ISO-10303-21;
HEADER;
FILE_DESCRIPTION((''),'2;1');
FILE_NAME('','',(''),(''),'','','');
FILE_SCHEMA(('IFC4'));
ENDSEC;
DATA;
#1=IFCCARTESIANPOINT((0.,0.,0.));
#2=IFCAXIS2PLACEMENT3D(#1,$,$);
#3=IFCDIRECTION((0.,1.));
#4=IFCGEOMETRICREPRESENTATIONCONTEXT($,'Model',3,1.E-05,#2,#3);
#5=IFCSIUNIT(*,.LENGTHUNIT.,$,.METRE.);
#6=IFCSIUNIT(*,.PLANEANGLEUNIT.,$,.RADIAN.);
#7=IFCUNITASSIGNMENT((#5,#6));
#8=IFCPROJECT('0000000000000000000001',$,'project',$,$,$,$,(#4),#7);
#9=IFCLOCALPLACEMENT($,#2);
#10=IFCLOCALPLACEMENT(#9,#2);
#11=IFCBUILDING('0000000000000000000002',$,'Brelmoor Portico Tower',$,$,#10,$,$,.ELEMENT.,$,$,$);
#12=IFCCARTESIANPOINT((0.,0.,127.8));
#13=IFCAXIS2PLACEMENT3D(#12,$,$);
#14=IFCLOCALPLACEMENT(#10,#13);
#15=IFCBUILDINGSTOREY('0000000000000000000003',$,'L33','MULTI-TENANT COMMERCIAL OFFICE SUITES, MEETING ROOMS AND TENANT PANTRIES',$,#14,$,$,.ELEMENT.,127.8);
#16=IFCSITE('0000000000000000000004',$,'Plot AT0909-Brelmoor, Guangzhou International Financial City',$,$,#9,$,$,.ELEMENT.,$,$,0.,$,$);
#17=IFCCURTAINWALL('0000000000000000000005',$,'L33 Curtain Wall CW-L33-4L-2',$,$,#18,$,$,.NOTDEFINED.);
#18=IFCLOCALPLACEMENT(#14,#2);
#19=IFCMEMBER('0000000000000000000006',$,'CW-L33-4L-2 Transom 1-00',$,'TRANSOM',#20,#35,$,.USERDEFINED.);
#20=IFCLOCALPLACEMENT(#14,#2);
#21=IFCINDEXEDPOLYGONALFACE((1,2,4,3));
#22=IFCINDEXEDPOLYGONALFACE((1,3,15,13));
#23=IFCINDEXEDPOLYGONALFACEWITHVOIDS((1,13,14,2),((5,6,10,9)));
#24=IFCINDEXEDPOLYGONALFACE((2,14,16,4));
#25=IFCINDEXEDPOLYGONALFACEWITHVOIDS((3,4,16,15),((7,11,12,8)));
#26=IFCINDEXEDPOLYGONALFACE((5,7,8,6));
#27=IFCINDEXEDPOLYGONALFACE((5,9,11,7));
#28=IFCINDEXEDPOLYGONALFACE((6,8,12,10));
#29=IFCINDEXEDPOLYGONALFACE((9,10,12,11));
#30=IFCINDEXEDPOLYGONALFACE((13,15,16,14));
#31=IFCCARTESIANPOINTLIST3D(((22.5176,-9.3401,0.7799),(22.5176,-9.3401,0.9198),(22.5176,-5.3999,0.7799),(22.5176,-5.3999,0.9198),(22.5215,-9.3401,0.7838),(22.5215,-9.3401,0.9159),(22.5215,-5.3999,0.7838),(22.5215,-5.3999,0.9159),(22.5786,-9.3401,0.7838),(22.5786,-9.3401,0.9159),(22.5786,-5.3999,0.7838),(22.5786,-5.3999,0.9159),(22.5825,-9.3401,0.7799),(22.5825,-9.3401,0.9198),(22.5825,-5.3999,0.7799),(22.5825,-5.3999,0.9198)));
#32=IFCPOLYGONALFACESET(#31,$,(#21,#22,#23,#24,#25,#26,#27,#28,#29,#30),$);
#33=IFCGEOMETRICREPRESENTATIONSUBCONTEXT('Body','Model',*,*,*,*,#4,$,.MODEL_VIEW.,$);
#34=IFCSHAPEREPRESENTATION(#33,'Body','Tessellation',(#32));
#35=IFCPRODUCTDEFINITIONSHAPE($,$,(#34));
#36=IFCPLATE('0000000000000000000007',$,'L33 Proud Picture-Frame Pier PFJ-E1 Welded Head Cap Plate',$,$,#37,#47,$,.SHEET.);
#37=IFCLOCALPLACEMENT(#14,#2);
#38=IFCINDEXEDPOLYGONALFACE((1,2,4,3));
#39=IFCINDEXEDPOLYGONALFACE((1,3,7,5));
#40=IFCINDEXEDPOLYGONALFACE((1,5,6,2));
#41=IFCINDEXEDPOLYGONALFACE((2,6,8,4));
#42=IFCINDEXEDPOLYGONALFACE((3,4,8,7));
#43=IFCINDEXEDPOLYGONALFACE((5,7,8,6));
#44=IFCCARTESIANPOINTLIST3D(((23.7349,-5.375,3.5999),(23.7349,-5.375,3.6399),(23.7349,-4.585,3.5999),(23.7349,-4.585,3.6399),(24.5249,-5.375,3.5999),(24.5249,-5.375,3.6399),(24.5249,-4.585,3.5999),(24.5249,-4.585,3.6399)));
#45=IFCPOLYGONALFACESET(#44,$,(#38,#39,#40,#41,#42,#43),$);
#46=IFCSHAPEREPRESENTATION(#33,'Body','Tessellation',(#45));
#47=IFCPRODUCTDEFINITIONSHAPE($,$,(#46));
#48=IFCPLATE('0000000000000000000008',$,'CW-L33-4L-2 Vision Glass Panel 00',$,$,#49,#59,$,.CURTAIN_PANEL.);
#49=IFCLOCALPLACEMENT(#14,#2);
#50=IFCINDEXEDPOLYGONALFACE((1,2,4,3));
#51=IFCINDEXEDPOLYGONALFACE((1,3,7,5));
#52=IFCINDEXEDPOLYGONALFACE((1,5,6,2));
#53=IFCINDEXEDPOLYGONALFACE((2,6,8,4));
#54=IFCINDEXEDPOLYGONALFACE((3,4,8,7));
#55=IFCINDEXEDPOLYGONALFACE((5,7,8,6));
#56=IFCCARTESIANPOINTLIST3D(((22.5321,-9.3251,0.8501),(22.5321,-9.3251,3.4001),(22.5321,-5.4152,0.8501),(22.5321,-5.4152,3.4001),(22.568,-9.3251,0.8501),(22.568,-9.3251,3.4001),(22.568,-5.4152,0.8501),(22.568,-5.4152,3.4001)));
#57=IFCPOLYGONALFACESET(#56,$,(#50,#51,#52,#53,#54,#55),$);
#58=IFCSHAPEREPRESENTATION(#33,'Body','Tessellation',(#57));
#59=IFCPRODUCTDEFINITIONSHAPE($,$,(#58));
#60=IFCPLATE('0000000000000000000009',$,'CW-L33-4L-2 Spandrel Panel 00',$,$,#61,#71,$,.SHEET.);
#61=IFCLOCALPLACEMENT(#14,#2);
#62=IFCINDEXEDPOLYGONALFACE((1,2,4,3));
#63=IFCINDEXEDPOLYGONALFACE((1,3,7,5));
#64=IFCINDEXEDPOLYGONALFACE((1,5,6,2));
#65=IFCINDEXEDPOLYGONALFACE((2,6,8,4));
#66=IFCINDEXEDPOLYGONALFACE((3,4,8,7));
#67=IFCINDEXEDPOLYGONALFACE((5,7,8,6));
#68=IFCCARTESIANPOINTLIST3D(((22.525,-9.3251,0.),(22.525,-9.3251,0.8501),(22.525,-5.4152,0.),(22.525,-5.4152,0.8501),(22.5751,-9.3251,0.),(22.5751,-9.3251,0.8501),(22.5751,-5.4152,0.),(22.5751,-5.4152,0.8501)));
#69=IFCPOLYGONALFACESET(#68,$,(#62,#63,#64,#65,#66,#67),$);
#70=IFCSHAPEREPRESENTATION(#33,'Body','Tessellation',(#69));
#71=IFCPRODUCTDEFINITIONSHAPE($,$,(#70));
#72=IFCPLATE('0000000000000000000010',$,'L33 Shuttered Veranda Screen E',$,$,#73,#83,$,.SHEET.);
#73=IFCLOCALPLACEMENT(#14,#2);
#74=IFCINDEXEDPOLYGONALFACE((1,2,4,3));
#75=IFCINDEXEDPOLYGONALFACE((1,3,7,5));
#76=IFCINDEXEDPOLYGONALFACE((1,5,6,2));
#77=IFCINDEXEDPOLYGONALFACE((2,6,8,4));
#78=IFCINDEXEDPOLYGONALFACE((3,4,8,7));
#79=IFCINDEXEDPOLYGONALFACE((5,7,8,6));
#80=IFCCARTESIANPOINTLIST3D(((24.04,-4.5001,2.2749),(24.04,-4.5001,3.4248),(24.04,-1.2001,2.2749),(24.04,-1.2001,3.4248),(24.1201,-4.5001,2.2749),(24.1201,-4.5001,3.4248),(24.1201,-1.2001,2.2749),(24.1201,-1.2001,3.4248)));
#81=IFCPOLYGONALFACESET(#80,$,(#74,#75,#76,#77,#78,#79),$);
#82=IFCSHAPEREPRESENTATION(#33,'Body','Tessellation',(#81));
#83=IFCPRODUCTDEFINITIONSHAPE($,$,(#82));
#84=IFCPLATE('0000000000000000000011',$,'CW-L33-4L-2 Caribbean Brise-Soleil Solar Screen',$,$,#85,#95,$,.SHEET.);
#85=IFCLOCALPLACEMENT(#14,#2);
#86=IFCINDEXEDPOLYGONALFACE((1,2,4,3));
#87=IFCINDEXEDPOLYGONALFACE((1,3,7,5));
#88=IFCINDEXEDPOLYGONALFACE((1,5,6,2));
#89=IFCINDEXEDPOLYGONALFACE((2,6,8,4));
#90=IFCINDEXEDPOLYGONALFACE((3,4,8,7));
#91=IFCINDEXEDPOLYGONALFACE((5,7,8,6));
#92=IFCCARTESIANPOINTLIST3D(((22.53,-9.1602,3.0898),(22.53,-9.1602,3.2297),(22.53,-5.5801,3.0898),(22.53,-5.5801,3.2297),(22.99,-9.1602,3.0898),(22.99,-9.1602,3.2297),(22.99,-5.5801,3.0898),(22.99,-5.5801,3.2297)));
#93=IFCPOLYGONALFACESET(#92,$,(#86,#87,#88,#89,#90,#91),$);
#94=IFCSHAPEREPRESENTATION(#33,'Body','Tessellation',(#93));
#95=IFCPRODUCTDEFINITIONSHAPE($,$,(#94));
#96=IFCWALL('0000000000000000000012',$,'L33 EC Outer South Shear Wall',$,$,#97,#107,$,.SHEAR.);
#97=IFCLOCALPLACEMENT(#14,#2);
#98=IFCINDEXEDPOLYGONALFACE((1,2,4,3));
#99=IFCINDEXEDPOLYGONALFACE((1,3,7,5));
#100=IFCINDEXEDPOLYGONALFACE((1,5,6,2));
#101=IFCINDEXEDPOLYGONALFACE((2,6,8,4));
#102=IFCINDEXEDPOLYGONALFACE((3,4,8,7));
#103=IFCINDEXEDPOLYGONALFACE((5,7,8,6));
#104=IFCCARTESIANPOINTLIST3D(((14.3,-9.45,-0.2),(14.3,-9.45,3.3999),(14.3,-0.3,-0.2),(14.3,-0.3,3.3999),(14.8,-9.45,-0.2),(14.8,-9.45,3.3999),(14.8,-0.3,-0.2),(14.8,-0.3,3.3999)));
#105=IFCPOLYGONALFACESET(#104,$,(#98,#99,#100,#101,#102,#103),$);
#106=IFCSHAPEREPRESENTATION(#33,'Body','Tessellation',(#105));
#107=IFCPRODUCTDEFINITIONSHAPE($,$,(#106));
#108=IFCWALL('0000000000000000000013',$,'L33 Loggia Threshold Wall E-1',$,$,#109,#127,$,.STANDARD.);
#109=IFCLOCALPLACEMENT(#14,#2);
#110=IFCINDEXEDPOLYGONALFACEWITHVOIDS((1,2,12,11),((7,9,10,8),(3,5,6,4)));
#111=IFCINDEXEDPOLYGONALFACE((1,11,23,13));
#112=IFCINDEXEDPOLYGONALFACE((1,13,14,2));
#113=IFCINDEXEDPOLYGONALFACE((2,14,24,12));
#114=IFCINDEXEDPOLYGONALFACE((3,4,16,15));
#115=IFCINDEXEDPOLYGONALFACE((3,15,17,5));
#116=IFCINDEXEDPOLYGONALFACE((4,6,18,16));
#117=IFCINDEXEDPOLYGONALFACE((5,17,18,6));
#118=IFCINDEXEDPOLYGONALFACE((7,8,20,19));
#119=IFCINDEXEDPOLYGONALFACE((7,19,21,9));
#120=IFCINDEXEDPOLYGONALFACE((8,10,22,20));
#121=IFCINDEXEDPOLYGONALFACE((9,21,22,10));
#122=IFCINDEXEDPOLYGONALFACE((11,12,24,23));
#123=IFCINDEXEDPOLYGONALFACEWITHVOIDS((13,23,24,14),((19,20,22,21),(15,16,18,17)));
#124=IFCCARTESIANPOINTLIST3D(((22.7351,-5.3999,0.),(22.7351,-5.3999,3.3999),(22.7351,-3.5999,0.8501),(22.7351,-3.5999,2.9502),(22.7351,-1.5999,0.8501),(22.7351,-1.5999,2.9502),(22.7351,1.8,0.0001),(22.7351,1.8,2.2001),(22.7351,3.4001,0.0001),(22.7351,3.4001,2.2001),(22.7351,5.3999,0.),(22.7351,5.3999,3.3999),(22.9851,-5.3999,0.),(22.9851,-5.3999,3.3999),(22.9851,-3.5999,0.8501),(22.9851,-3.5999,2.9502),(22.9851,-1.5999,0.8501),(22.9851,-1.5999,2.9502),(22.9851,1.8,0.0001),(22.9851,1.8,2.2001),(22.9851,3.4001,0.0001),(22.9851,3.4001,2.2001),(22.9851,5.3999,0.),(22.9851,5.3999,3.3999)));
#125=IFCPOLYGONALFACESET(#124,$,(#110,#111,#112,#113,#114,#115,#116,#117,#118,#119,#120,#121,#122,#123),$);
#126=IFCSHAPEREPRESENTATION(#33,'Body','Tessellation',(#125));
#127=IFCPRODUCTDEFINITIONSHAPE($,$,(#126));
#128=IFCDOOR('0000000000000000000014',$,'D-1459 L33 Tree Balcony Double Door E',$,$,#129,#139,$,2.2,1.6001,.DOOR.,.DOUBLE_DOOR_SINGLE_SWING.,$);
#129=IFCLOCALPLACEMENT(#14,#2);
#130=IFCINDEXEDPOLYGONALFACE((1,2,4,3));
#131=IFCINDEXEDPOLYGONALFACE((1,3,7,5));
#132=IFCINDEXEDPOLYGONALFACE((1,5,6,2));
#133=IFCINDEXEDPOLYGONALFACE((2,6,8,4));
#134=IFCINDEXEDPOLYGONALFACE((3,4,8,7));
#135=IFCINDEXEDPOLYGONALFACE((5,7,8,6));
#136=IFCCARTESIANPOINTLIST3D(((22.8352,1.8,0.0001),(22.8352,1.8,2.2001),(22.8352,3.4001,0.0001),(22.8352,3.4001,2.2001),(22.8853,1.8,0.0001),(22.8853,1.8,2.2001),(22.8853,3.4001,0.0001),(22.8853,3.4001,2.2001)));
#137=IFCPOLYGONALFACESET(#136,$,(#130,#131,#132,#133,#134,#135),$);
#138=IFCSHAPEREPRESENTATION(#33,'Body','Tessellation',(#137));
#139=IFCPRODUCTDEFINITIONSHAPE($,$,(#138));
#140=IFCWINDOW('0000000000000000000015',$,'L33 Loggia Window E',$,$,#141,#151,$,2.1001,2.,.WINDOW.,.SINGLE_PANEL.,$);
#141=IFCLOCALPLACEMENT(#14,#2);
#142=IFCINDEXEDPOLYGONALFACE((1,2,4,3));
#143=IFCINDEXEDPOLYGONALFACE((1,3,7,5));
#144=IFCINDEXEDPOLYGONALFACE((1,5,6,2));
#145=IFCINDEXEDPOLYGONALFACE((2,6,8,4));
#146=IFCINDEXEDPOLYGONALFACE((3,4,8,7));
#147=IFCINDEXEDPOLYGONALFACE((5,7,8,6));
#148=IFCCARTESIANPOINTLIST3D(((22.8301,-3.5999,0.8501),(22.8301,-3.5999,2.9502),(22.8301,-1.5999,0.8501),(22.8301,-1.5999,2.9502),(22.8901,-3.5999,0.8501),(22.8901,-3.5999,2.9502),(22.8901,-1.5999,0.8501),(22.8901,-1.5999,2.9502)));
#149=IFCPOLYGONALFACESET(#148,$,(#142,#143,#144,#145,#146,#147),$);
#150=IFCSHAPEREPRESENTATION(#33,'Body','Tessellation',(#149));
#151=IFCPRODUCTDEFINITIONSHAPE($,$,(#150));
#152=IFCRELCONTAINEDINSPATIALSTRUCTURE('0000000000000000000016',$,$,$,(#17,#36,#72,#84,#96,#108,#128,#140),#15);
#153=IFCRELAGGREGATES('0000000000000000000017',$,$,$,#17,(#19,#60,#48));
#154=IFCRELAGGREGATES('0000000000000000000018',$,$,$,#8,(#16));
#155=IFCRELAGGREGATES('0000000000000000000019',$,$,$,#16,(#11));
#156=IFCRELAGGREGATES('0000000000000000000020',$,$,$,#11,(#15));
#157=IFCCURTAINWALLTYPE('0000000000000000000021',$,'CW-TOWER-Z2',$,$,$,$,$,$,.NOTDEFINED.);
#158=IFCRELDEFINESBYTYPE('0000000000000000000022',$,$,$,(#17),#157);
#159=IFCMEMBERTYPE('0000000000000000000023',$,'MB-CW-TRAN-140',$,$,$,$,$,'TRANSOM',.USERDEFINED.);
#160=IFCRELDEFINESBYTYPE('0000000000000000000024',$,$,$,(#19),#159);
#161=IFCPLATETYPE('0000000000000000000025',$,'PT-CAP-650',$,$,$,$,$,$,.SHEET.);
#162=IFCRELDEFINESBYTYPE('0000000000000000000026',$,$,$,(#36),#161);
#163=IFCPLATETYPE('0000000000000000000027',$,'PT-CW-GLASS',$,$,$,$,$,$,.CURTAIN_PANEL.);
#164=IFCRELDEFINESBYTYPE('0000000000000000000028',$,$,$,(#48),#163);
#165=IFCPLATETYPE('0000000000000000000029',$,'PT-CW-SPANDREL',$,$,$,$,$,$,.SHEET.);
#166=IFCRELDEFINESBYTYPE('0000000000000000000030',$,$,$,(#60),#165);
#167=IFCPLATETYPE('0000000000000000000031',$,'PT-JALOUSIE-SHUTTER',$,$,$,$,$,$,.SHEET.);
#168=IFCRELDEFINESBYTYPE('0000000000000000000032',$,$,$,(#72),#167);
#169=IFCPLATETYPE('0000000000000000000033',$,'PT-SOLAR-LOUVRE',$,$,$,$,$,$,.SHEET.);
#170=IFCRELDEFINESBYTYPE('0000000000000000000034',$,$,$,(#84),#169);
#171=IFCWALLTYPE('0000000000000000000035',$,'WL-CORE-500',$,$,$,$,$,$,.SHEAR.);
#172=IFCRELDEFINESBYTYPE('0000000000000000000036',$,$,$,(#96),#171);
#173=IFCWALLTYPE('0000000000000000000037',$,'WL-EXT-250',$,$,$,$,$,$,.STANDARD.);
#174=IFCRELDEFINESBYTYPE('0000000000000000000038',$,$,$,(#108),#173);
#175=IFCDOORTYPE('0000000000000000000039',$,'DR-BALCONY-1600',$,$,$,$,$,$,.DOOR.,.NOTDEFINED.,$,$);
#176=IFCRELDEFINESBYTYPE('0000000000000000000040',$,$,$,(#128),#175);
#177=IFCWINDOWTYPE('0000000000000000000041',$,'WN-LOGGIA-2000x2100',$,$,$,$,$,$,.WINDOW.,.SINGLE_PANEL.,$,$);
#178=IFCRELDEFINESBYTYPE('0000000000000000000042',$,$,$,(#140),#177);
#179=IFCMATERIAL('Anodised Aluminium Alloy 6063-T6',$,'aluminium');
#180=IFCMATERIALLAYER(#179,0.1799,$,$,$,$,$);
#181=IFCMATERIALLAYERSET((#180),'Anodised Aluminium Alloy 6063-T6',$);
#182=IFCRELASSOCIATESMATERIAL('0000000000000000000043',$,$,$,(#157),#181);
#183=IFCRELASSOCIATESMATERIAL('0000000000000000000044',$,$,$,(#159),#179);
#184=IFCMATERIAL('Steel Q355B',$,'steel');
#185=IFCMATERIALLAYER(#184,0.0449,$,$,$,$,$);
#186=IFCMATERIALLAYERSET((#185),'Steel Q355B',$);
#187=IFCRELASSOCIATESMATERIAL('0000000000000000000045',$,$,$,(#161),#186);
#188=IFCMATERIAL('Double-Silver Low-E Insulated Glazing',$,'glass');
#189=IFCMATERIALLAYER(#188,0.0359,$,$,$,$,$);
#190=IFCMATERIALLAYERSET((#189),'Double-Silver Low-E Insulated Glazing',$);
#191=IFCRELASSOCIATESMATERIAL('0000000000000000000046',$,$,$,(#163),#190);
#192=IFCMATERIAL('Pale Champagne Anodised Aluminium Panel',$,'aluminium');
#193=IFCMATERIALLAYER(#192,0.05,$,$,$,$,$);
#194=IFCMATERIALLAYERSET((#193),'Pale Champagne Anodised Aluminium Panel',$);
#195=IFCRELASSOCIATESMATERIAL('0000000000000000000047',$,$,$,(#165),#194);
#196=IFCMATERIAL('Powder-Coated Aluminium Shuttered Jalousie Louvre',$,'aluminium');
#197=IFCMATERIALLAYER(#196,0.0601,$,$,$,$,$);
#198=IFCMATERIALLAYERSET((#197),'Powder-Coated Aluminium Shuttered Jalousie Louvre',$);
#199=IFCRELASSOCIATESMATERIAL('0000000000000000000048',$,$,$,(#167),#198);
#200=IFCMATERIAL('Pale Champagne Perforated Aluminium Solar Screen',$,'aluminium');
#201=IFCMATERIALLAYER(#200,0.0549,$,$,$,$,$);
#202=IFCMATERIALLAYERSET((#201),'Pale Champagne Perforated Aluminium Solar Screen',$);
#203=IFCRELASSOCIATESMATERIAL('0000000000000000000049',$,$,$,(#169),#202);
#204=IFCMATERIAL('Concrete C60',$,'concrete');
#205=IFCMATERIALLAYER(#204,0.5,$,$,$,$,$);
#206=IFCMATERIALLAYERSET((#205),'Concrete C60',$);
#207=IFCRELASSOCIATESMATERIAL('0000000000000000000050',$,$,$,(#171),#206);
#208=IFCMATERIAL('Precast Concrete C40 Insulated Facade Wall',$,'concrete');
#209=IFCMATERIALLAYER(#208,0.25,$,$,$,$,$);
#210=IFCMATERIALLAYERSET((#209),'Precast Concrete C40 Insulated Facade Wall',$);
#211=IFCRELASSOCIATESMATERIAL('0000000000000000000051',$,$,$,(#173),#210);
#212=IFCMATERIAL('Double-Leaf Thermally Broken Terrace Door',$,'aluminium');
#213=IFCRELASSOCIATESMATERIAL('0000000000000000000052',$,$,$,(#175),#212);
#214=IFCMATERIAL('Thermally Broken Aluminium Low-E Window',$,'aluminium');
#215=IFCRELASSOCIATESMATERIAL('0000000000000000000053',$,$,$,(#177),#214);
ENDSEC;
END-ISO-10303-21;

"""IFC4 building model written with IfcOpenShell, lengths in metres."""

from ifc_helpers import new_model, si_unit, direction, frame, frame_2d, origin, origin_2d, place, context, subcontext, project, spatial, rectangle, hollow_rectangle, extrude, material, layer, layer_set, material_profile, profile_set, type_object, element, fill, aggregate, save


model = new_model("IFC4")

# Units and contexts
model_context = context("Model", 3, precision=1e-05, world=origin(), true_north=direction((0.0, 1.0)))
body_context = subcontext(model_context, "Body", "Model", "MODEL_VIEW")
ifc_project = project(units=[si_unit("LENGTHUNIT", "METRE"), si_unit("PLANEANGLEUNIT", "RADIAN")], contexts=[model_context])

# Site, building, storey
site_placement = place(None, origin())
site = spatial("IfcSite", under=ifc_project, at=site_placement, Name="Plot AT0909-Brelmoor, Guangzhou International Financial City", CompositionType="ELEMENT", RefElevation=0.0)
building_placement = place(site_placement, origin())
building = spatial("IfcBuilding", under=site, at=building_placement, Name="Brelmoor Portico Tower", CompositionType="ELEMENT")
storey_placement = place(building_placement, frame((0.0, 0.0, 127.8)))
storey = spatial("IfcBuildingStorey", under=building, at=storey_placement, Name="L33", Description="MULTI-TENANT COMMERCIAL OFFICE SUITES, MEETING ROOMS AND TENANT PANTRIES", CompositionType="ELEMENT", Elevation=127.8)

# Shared definitions
ifc_material_1 = material(Name="Steel Q355B", Category="steel")

# Curtain wall, member
ifc_material_2 = material(Name="Anodised Aluminium Alloy 6063-T6", Category="aluminium")
ifc_layer_1 = layer(ifc_material_2, 0.1799)
ifc_layer_set_1 = layer_set([ifc_layer_1], Name="Anodised Aluminium Alloy 6063-T6")
curtain_wall_type = type_object("IfcCurtainWallType", Name="CW-TOWER-Z2", PredefinedType="NOTDEFINED", material=ifc_layer_set_1)
curtain_wall_placement = place(storey_placement, origin())
curtain_wall = element("IfcCurtainWall", 1, at=curtain_wall_placement, inside=storey, type_object=curtain_wall_type, Name="L33 Curtain Wall CW-L33-4L-2", PredefinedType="NOTDEFINED")
ifc_material_profile_1 = material_profile(ifc_material_2, hollow_rectangle(XDim=0.0649, YDim=0.1399, WallThickness=0.0039, at=origin_2d()), Name="ALU TRANSOM 65x140")
ifc_profile_set_1 = profile_set([ifc_material_profile_1], Name="Anodised Aluminium Alloy 6063-T6")
member_type_1 = type_object("IfcMemberType", Name="MB-CW-TRAN-140", ElementType="TRANSOM", PredefinedType="USERDEFINED", material=ifc_profile_set_1)
member_1_placement = place(storey_placement, frame((22.55, -9.3401, 0.8499), z_axis=(0.0, 1.0, 0.0), x_axis=(-1.0, 0.0, 0.0)))
member_1 = element("IfcMember", 2, at=member_1_placement, type_object=member_type_1, Name="CW-L33-4L-2 Transom 1-00", ObjectType="TRANSOM", PredefinedType="USERDEFINED", context=body_context, shape_type="SweptSolid", body=[
    extrude(hollow_rectangle(XDim=0.0649, YDim=0.1399, WallThickness=0.0039, at=origin_2d()), origin(), (0.0, 0.0, 1.0), 3.9402),
])

# Plates
ifc_layer_2 = layer(ifc_material_1, 0.0449)
ifc_layer_set_2 = layer_set([ifc_layer_2], Name="Steel Q355B")
plate_type_1 = type_object("IfcPlateType", Name="PT-CAP-650", PredefinedType="SHEET", material=ifc_layer_set_2)
plate_1_placement = place(storey_placement, frame((24.1299, -4.98, 3.5999), z_axis=(0.0, 0.0, 1.0), x_axis=(0.0, 1.0, 0.0)))
element("IfcPlate", 3, at=plate_1_placement, inside=storey, type_object=plate_type_1, Name="L33 Proud Picture-Frame Pier PFJ-E1 Welded Head Cap Plate", PredefinedType="SHEET", context=body_context, shape_type="SweptSolid", body=[
    extrude(rectangle(XDim=0.79, YDim=0.79, at=origin_2d()), origin(), (0.0, 0.0, 1.0), 0.04),
])
ifc_material_3 = material(Name="Double-Silver Low-E Insulated Glazing", Category="glass")
ifc_layer_3 = layer(ifc_material_3, 0.0359)
ifc_layer_set_3 = layer_set([ifc_layer_3], Name="Double-Silver Low-E Insulated Glazing")
plate_type_2 = type_object("IfcPlateType", Name="PT-CW-GLASS", PredefinedType="CURTAIN_PANEL", material=ifc_layer_set_3)
plate_2_placement = place(storey_placement, frame((22.55, -7.3701, 0.8501), z_axis=(0.0, 0.0, 1.0), x_axis=(0.0, 1.0, 0.0)))
plate_2 = element("IfcPlate", 4, at=plate_2_placement, type_object=plate_type_2, Name="CW-L33-4L-2 Vision Glass Panel 00", PredefinedType="CURTAIN_PANEL", context=body_context, shape_type="SweptSolid", body=[
    extrude(rectangle(XDim=3.9099, YDim=0.0359, at=origin_2d()), origin(), (0.0, 0.0, 1.0), 2.55),
])
ifc_material_4 = material(Name="Pale Champagne Anodised Aluminium Panel", Category="aluminium")
ifc_layer_4 = layer(ifc_material_4, 0.05)
ifc_layer_set_4 = layer_set([ifc_layer_4], Name="Pale Champagne Anodised Aluminium Panel")
plate_type_3 = type_object("IfcPlateType", Name="PT-CW-SPANDREL", PredefinedType="SHEET", material=ifc_layer_set_4)
plate_3_placement = place(storey_placement, frame((22.55, -7.3701, 0.0), z_axis=(0.0, 0.0, 1.0), x_axis=(0.0, 1.0, 0.0)))
plate_3 = element("IfcPlate", 5, at=plate_3_placement, type_object=plate_type_3, Name="CW-L33-4L-2 Spandrel Panel 00", PredefinedType="SHEET", context=body_context, shape_type="SweptSolid", body=[
    extrude(rectangle(XDim=3.9099, YDim=0.05, at=origin_2d()), origin(), (0.0, 0.0, 1.0), 0.8501),
])
aggregate(curtain_wall, [member_1, plate_3, plate_2])

# Plates
ifc_material_5 = material(Name="Powder-Coated Aluminium Shuttered Jalousie Louvre", Category="aluminium")
ifc_layer_5 = layer(ifc_material_5, 0.0601)
ifc_layer_set_5 = layer_set([ifc_layer_5], Name="Powder-Coated Aluminium Shuttered Jalousie Louvre")
plate_type_4 = type_object("IfcPlateType", Name="PT-JALOUSIE-SHUTTER", PredefinedType="SHEET", material=ifc_layer_set_5)
plate_4_placement = place(storey_placement, frame((24.0801, -2.8501, 2.2749), z_axis=(0.0, 0.0, 1.0), x_axis=(0.0, 1.0, 0.0)))
element("IfcPlate", 6, at=plate_4_placement, inside=storey, type_object=plate_type_4, Name="L33 Shuttered Veranda Screen E", PredefinedType="SHEET", context=body_context, shape_type="SweptSolid", body=[
    extrude(rectangle(XDim=3.3, YDim=0.0801, at=origin_2d()), origin(), (0.0, 0.0, 1.0), 1.1499),
])
ifc_material_6 = material(Name="Pale Champagne Perforated Aluminium Solar Screen", Category="aluminium")
ifc_layer_6 = layer(ifc_material_6, 0.0549)
ifc_layer_set_6 = layer_set([ifc_layer_6], Name="Pale Champagne Perforated Aluminium Solar Screen")
plate_type_5 = type_object("IfcPlateType", Name="PT-SOLAR-LOUVRE", PredefinedType="SHEET", material=ifc_layer_set_6)
plate_5_placement = place(storey_placement, frame((22.76, -7.3701, 3.0898), z_axis=(0.0, 0.0, 1.0), x_axis=(0.0, 1.0, 0.0)))
element("IfcPlate", 7, at=plate_5_placement, inside=storey, type_object=plate_type_5, Name="CW-L33-4L-2 Caribbean Brise-Soleil Solar Screen", PredefinedType="SHEET", context=body_context, shape_type="SweptSolid", body=[
    extrude(rectangle(XDim=3.5801, YDim=0.46, at=origin_2d()), origin(), (0.0, 0.0, 1.0), 0.1399),
])

# Wall
ifc_material_7 = material(Name="Concrete C60", Category="concrete")
ifc_layer_7 = layer(ifc_material_7, 0.5)
ifc_layer_set_7 = layer_set([ifc_layer_7], Name="Concrete C60")
wall_type_1 = type_object("IfcWallType", Name="WL-CORE-500", PredefinedType="SHEAR", material=ifc_layer_set_7)
wall_1_placement = place(storey_placement, frame((14.55, -9.45, -0.2), z_axis=(0.0, 0.0, 1.0), x_axis=(0.0, 1.0, 0.0)))
element("IfcWall", 8, at=wall_1_placement, inside=storey, type_object=wall_type_1, Name="L33 EC Outer South Shear Wall", PredefinedType="SHEAR", context=body_context, shape_type="SweptSolid", body=[
    extrude(rectangle(XDim=9.1499, YDim=0.5, at=frame_2d((4.575, 0.0))), origin(), (0.0, 0.0, 1.0), 3.5999),
])

# Wall, openings, door, window
ifc_material_8 = material(Name="Precast Concrete C40 Insulated Facade Wall", Category="concrete")
ifc_layer_8 = layer(ifc_material_8, 0.25)
ifc_layer_set_8 = layer_set([ifc_layer_8], Name="Precast Concrete C40 Insulated Facade Wall")
wall_type_2 = type_object("IfcWallType", Name="WL-EXT-250", PredefinedType="STANDARD", material=ifc_layer_set_8)
wall_2_placement = place(storey_placement, frame((22.8601, -5.3999, 0.0), z_axis=(0.0, 0.0, 1.0), x_axis=(0.0, 1.0, 0.0)))
wall_2 = element("IfcWall", 9, at=wall_2_placement, inside=storey, type_object=wall_type_2, Name="L33 Loggia Threshold Wall E-1", PredefinedType="STANDARD", context=body_context, shape_type="SweptSolid", body=[
    extrude(rectangle(XDim=10.7998, YDim=0.25, at=frame_2d((5.3999, 0.0))), origin(), (0.0, 0.0, 1.0), 3.3999),
])
opening_1_placement = place(wall_2_placement, frame((7.2, 0.0, 0.0)))
opening_1 = element("IfcOpeningElement", 10, at=opening_1_placement, cuts=wall_2, PredefinedType="OPENING", context=body_context, shape_type="SweptSolid", body=[
    extrude(rectangle(XDim=1.6001, YDim=2.2, at=frame_2d((0.8, 1.1001))), frame((0.0, 0.135, 0.0), z_axis=(0.0, -1.0, 0.0), x_axis=(1.0, 0.0, 0.0)), (0.0, 0.0, 1.0), 0.27),
])
opening_2_placement = place(wall_2_placement, frame((1.8, 0.0, 0.8501)))
opening_2 = element("IfcOpeningElement", 11, at=opening_2_placement, cuts=wall_2, PredefinedType="OPENING", context=body_context, shape_type="SweptSolid", body=[
    extrude(rectangle(XDim=2.0, YDim=2.1001, at=frame_2d((1.0, 1.05))), frame((0.0, 0.135, 0.0), z_axis=(0.0, -1.0, 0.0), x_axis=(1.0, 0.0, 0.0)), (0.0, 0.0, 1.0), 0.27),
])
ifc_material_9 = material(Name="Double-Leaf Thermally Broken Terrace Door", Category="aluminium")
door_type_1 = type_object("IfcDoorType", Name="DR-BALCONY-1600", OperationType="NOTDEFINED", PredefinedType="DOOR", material=ifc_material_9)
door_1_placement = place(opening_1_placement, origin())
door_1 = element("IfcDoor", 12, at=door_1_placement, inside=storey, type_object=door_type_1, Name="D-1459 L33 Tree Balcony Double Door E", OperationType="DOUBLE_DOOR_SINGLE_SWING", OverallHeight=2.2, OverallWidth=1.6001, PredefinedType="DOOR", context=body_context, shape_type="SweptSolid", body=[
    extrude(rectangle(XDim=1.6001, YDim=2.2, at=frame_2d((0.8, 1.1001))), frame((0.0, 0.0249, 0.0), z_axis=(0.0, -1.0, 0.0), x_axis=(1.0, 0.0, 0.0)), (0.0, 0.0, 1.0), 0.05),
])
fill(opening_1, door_1)
ifc_material_10 = material(Name="Thermally Broken Aluminium Low-E Window", Category="aluminium")
window_type = type_object("IfcWindowType", Name="WN-LOGGIA-2000x2100", PartitioningType="SINGLE_PANEL", PredefinedType="WINDOW", material=ifc_material_10)
window_placement = place(opening_2_placement, origin())
window = element("IfcWindow", 13, at=window_placement, inside=storey, type_object=window_type, Name="L33 Loggia Window E", OverallHeight=2.1001, OverallWidth=2.0, PartitioningType="SINGLE_PANEL", PredefinedType="WINDOW", context=body_context, shape_type="SweptSolid", body=[
    extrude(rectangle(XDim=2.0, YDim=2.1001, at=frame_2d((1.0, 1.05))), frame((0.0, 0.03, 0.0), z_axis=(0.0, -1.0, 0.0), x_axis=(1.0, 0.0, 0.0)), (0.0, 0.0, 1.0), 0.0601),
])
fill(opening_2, window)

save(model, "model.ifc")
